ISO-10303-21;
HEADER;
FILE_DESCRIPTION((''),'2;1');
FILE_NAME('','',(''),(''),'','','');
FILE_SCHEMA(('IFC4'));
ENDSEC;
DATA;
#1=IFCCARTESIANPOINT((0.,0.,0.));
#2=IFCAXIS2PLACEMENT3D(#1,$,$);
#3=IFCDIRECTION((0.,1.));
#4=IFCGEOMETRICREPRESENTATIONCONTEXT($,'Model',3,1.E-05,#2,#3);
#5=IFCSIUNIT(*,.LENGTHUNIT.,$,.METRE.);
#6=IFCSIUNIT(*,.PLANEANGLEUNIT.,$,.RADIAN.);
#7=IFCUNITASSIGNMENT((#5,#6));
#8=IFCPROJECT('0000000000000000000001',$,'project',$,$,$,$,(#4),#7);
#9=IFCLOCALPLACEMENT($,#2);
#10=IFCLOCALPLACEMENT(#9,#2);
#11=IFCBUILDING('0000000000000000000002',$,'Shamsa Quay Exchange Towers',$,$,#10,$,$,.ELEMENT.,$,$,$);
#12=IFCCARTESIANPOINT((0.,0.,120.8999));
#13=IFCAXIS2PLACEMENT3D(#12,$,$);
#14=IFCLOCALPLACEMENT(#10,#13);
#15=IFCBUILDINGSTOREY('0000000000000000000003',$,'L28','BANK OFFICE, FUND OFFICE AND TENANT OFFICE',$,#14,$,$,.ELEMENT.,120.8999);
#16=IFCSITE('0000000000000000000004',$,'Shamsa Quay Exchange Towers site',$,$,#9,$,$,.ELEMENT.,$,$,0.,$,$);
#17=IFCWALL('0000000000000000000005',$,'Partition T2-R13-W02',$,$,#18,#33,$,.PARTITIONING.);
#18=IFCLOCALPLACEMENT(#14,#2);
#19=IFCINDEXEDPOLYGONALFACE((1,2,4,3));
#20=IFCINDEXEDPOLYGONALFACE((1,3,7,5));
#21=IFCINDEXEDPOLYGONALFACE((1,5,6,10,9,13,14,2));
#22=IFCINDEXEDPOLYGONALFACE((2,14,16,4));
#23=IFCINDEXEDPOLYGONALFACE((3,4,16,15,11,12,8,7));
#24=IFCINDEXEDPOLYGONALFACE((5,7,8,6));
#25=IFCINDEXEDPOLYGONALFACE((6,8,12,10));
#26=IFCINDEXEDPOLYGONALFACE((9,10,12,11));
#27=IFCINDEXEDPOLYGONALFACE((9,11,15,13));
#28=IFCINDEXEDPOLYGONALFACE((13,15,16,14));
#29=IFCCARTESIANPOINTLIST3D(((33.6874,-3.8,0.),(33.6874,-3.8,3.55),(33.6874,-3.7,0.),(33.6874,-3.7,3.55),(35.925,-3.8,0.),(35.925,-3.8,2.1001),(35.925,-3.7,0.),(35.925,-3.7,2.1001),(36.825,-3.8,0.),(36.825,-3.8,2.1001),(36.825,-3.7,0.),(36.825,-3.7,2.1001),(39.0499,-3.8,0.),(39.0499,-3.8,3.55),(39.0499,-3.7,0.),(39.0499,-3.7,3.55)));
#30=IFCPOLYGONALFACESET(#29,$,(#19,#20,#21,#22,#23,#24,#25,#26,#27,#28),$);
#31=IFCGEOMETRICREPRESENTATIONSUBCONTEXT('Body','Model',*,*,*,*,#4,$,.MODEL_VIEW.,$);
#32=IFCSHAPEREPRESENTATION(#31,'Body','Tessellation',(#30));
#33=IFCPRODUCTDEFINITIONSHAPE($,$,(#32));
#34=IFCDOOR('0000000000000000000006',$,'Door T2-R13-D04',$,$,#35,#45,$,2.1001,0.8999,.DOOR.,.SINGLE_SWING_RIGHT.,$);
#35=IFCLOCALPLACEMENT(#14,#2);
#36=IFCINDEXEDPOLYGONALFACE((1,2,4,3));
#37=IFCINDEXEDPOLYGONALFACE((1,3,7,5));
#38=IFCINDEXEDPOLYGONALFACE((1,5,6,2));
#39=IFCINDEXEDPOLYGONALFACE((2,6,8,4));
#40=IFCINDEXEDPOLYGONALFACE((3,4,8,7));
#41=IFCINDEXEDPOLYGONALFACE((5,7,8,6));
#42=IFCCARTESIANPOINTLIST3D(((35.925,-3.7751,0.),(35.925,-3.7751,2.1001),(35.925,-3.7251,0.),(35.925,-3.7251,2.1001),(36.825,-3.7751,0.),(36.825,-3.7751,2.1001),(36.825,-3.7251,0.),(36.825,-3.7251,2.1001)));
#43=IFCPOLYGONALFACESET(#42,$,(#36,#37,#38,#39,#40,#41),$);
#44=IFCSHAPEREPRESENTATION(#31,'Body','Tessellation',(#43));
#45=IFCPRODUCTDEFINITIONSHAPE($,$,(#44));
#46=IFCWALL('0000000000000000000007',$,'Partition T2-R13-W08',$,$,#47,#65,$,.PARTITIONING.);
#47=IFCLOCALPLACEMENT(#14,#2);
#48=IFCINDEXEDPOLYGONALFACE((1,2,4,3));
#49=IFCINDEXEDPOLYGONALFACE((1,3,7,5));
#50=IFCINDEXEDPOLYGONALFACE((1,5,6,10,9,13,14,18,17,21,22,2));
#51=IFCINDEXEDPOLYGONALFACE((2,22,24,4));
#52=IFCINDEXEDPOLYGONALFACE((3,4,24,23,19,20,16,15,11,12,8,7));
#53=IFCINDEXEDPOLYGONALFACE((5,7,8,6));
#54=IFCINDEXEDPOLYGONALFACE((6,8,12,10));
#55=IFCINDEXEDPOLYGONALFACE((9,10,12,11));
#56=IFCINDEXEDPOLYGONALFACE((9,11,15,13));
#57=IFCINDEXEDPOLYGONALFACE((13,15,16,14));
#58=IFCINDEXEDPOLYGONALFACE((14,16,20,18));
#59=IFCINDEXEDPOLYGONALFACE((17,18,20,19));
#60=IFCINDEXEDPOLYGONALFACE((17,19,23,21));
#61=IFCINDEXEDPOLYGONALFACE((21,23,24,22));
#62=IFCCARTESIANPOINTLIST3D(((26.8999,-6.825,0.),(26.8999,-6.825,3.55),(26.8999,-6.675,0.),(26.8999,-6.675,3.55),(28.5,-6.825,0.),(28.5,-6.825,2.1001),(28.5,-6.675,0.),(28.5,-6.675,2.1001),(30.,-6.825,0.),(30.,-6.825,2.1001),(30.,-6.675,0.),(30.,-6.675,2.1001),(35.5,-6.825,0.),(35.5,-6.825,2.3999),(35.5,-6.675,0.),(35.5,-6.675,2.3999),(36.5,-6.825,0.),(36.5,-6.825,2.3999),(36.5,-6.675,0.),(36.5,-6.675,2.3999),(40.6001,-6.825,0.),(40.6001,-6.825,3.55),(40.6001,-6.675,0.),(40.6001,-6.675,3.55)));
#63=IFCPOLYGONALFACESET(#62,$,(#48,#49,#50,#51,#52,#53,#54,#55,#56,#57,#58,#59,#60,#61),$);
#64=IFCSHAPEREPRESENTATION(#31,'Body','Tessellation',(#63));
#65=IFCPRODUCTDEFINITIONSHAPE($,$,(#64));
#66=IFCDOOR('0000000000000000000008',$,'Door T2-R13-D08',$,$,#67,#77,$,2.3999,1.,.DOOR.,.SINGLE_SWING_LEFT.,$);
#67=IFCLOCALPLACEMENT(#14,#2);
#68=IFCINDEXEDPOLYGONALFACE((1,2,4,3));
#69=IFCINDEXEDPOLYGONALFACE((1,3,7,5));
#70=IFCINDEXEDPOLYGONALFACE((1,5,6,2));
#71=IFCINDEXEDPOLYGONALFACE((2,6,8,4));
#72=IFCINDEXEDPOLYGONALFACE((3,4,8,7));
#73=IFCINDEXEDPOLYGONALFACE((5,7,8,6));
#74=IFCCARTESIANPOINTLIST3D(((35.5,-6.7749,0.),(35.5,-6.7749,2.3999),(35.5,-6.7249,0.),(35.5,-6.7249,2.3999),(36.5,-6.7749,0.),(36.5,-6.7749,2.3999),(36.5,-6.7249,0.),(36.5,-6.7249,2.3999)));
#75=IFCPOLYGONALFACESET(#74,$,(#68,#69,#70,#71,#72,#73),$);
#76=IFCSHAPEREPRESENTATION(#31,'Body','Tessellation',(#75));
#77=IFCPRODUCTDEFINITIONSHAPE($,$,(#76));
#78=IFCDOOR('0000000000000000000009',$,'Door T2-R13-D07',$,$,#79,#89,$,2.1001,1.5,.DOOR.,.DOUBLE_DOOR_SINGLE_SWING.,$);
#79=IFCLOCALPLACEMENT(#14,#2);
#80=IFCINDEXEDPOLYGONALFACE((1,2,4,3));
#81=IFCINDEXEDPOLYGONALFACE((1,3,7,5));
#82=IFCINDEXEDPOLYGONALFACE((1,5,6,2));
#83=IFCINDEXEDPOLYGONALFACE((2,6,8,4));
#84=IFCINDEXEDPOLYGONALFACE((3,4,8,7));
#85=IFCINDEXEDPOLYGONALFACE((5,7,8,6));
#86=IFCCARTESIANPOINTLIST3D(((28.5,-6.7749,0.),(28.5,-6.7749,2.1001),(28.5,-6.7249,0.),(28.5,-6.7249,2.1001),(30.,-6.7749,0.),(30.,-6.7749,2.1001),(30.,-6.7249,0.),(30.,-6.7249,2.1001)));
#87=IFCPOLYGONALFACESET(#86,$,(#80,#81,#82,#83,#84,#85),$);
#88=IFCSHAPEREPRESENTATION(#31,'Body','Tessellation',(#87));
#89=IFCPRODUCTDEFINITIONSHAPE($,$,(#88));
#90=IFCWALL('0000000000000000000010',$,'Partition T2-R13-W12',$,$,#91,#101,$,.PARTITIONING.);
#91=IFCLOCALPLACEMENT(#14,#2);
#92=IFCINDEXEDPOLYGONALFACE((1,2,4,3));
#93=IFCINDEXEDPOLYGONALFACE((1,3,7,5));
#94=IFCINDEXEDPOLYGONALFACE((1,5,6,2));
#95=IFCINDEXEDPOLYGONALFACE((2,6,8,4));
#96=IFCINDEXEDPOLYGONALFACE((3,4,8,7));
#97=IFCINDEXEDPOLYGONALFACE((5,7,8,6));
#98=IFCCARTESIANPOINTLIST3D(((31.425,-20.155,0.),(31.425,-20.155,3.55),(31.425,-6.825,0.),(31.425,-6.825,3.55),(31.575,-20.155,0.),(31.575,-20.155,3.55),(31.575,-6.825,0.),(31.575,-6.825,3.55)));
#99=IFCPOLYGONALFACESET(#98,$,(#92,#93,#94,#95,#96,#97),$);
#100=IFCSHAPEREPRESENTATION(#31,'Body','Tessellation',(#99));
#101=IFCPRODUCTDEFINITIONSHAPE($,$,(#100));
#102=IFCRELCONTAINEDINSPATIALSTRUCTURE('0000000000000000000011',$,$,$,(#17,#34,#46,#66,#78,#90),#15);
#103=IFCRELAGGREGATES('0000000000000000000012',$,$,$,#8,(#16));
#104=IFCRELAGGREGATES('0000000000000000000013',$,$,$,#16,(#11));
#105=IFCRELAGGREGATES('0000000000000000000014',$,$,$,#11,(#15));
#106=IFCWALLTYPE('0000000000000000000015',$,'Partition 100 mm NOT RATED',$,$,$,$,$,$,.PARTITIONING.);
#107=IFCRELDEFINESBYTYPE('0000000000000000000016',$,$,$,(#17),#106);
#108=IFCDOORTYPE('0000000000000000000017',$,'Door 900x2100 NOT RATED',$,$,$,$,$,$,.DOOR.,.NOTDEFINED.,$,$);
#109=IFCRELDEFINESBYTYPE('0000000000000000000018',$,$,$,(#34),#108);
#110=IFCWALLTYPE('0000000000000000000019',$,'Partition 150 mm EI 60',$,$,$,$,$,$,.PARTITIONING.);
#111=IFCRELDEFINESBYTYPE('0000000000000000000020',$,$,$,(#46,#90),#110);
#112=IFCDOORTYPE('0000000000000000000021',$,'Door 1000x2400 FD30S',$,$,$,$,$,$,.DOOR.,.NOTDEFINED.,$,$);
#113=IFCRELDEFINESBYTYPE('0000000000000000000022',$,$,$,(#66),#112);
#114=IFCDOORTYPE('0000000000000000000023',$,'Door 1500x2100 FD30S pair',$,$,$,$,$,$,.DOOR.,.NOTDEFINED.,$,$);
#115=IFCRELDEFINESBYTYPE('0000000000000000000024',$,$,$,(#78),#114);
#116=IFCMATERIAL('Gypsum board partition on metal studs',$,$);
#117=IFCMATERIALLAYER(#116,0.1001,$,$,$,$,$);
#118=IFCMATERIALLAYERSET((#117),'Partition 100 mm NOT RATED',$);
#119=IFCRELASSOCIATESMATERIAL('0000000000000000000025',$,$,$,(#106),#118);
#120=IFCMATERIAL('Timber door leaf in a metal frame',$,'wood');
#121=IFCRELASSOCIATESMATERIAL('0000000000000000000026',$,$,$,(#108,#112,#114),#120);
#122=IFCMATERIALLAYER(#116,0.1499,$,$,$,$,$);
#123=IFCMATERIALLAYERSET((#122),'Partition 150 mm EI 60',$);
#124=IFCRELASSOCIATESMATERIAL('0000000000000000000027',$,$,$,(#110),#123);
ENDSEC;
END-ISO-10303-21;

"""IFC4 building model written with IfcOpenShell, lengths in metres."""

from ifc_helpers import new_model, si_unit, direction, frame, frame_2d, origin, place, context, subcontext, project, spatial, rectangle, extrude, material, layer, layer_set, type_object, element, fill, save


model = new_model("IFC4")

# Units and contexts
model_context = context("Model", 3, precision=1e-05, world=origin(), true_north=direction((0.0, 1.0)))
body_context = subcontext(model_context, "Body", "Model", "MODEL_VIEW")
ifc_project = project(units=[si_unit("LENGTHUNIT", "METRE"), si_unit("PLANEANGLEUNIT", "RADIAN")], contexts=[model_context])

# Site, building, storey
site_placement = place(None, origin())
site = spatial("IfcSite", under=ifc_project, at=site_placement, Name="Shamsa Quay Exchange Towers site", CompositionType="ELEMENT", RefElevation=0.0)
building_placement = place(site_placement, origin())
building = spatial("IfcBuilding", under=site, at=building_placement, Name="Shamsa Quay Exchange Towers", CompositionType="ELEMENT")
storey_placement = place(building_placement, frame((0.0, 0.0, 120.8999)))
storey = spatial("IfcBuildingStorey", under=building, at=storey_placement, Name="L28", Description="BANK OFFICE, FUND OFFICE AND TENANT OFFICE", CompositionType="ELEMENT", Elevation=120.8999)

# Shared definitions
ifc_material_1 = material(Name="Gypsum board partition on metal studs")
ifc_layer_1 = layer(ifc_material_1, 0.1001)
ifc_layer_set_1 = layer_set([ifc_layer_1], Name="Partition 100 mm NOT RATED")
wall_type_1 = type_object("IfcWallType", Name="Partition 100 mm NOT RATED", PredefinedType="PARTITIONING", material=ifc_layer_set_1)

# Wall, opening, door
wall_1_placement = place(storey_placement, frame((33.6875, -3.75, 0.0)))
wall_1 = element("IfcWall", 1, at=wall_1_placement, inside=storey, type_object=wall_type_1, Name="Partition T2-R13-W02", PredefinedType="PARTITIONING", context=body_context, shape_type="SweptSolid", body=[
    extrude(rectangle(XDim=5.3625, YDim=0.1001, at=frame_2d((2.6812, 0.0))), origin(), (0.0, 0.0, 1.0), 3.55),
])
opening_1_placement = place(wall_1_placement, frame((2.2375, 0.0, 0.0)))
opening_1 = element("IfcOpeningElement", 2, at=opening_1_placement, cuts=wall_1, PredefinedType="OPENING", context=body_context, shape_type="SweptSolid", body=[
    extrude(rectangle(XDim=0.8999, YDim=2.1001, at=frame_2d((0.45, 1.05))), frame((0.0, 0.0601, 0.0), z_axis=(0.0, -1.0, 0.0), x_axis=(1.0, 0.0, 0.0)), (0.0, 0.0, 1.0), 0.1201),
])
ifc_material_2 = material(Name="Timber door leaf in a metal frame", Category="wood")
door_type_1 = type_object("IfcDoorType", Name="Door 900x2100 NOT RATED", OperationType="NOTDEFINED", PredefinedType="DOOR", material=ifc_material_2)
door_1_placement = place(opening_1_placement, origin())
door_1 = element("IfcDoor", 3, at=door_1_placement, inside=storey, type_object=door_type_1, Name="Door T2-R13-D04", OperationType="SINGLE_SWING_RIGHT", OverallHeight=2.1001, OverallWidth=0.8999, PredefinedType="DOOR", context=body_context, shape_type="SweptSolid", body=[
    extrude(rectangle(XDim=0.8999, YDim=2.1001, at=frame_2d((0.45, 1.05))), frame((0.0, 0.0249, 0.0), z_axis=(0.0, -1.0, 0.0), x_axis=(1.0, 0.0, 0.0)), (0.0, 0.0, 1.0), 0.05),
])
fill(opening_1, door_1)

# Wall, openings, doors
ifc_layer_2 = layer(ifc_material_1, 0.1499)
ifc_layer_set_2 = layer_set([ifc_layer_2], Name="Partition 150 mm EI 60")
wall_type_2 = type_object("IfcWallType", Name="Partition 150 mm EI 60", PredefinedType="PARTITIONING", material=ifc_layer_set_2)
wall_2_placement = place(storey_placement, frame((40.6001, -6.75, 0.0), z_axis=(0.0, 0.0, 1.0), x_axis=(-1.0, 0.0, 0.0)))
wall_2 = element("IfcWall", 4, at=wall_2_placement, inside=storey, type_object=wall_type_2, Name="Partition T2-R13-W08", PredefinedType="PARTITIONING", context=body_context, shape_type="SweptSolid", body=[
    extrude(rectangle(XDim=13.7002, YDim=0.1499, at=frame_2d((6.8501, 0.0))), origin(), (0.0, 0.0, 1.0), 3.55),
])
opening_2_placement = place(wall_2_placement, frame((10.6001, 0.0, 0.0)))
opening_2 = element("IfcOpeningElement", 5, at=opening_2_placement, cuts=wall_2, PredefinedType="OPENING", context=body_context, shape_type="SweptSolid", body=[
    extrude(rectangle(XDim=1.5, YDim=2.1001, at=frame_2d((0.75, 1.05))), frame((0.0, 0.085, 0.0), z_axis=(0.0, -1.0, 0.0), x_axis=(1.0, 0.0, 0.0)), (0.0, 0.0, 1.0), 0.1699),
])
opening_3_placement = place(wall_2_placement, frame((4.1001, 0.0, 0.0)))
opening_3 = element("IfcOpeningElement", 6, at=opening_3_placement, cuts=wall_2, PredefinedType="OPENING", context=body_context, shape_type="SweptSolid", body=[
    extrude(rectangle(XDim=1.0, YDim=2.3999, at=frame_2d((0.5, 1.2))), frame((0.0, 0.085, 0.0), z_axis=(0.0, -1.0, 0.0), x_axis=(1.0, 0.0, 0.0)), (0.0, 0.0, 1.0), 0.1699),
])
door_type_2 = type_object("IfcDoorType", Name="Door 1000x2400 FD30S", OperationType="NOTDEFINED", PredefinedType="DOOR", material=ifc_material_2)
door_2_placement = place(opening_3_placement, origin())
door_2 = element("IfcDoor", 7, at=door_2_placement, inside=storey, type_object=door_type_2, Name="Door T2-R13-D08", OperationType="SINGLE_SWING_LEFT", OverallHeight=2.3999, OverallWidth=1.0, PredefinedType="DOOR", context=body_context, shape_type="SweptSolid", body=[
    extrude(rectangle(XDim=1.0, YDim=2.3999, at=frame_2d((0.5, 1.2))), frame((0.0, 0.0249, 0.0), z_axis=(0.0, -1.0, 0.0), x_axis=(1.0, 0.0, 0.0)), (0.0, 0.0, 1.0), 0.05),
])
fill(opening_3, door_2)
door_type_3 = type_object("IfcDoorType", Name="Door 1500x2100 FD30S pair", OperationType="NOTDEFINED", PredefinedType="DOOR", material=ifc_material_2)
door_3_placement = place(opening_2_placement, origin())
door_3 = element("IfcDoor", 8, at=door_3_placement, inside=storey, type_object=door_type_3, Name="Door T2-R13-D07", OperationType="DOUBLE_DOOR_SINGLE_SWING", OverallHeight=2.1001, OverallWidth=1.5, PredefinedType="DOOR", context=body_context, shape_type="SweptSolid", body=[
    extrude(rectangle(XDim=1.5, YDim=2.1001, at=frame_2d((0.75, 1.05))), frame((0.0, 0.0249, 0.0), z_axis=(0.0, -1.0, 0.0), x_axis=(1.0, 0.0, 0.0)), (0.0, 0.0, 1.0), 0.05),
])
fill(opening_2, door_3)

# Wall
wall_3_placement = place(storey_placement, frame((31.5, -6.825, 0.0), z_axis=(0.0, 0.0, 1.0), x_axis=(0.0, -1.0, 0.0)))
element("IfcWall", 9, at=wall_3_placement, inside=storey, type_object=wall_type_2, Name="Partition T2-R13-W12", PredefinedType="PARTITIONING", context=body_context, shape_type="SweptSolid", body=[
    extrude(rectangle(XDim=13.3301, YDim=0.1499, at=frame_2d((6.665, 0.0))), origin(), (0.0, 0.0, 1.0), 3.55),
])

save(model, "model.ifc")
